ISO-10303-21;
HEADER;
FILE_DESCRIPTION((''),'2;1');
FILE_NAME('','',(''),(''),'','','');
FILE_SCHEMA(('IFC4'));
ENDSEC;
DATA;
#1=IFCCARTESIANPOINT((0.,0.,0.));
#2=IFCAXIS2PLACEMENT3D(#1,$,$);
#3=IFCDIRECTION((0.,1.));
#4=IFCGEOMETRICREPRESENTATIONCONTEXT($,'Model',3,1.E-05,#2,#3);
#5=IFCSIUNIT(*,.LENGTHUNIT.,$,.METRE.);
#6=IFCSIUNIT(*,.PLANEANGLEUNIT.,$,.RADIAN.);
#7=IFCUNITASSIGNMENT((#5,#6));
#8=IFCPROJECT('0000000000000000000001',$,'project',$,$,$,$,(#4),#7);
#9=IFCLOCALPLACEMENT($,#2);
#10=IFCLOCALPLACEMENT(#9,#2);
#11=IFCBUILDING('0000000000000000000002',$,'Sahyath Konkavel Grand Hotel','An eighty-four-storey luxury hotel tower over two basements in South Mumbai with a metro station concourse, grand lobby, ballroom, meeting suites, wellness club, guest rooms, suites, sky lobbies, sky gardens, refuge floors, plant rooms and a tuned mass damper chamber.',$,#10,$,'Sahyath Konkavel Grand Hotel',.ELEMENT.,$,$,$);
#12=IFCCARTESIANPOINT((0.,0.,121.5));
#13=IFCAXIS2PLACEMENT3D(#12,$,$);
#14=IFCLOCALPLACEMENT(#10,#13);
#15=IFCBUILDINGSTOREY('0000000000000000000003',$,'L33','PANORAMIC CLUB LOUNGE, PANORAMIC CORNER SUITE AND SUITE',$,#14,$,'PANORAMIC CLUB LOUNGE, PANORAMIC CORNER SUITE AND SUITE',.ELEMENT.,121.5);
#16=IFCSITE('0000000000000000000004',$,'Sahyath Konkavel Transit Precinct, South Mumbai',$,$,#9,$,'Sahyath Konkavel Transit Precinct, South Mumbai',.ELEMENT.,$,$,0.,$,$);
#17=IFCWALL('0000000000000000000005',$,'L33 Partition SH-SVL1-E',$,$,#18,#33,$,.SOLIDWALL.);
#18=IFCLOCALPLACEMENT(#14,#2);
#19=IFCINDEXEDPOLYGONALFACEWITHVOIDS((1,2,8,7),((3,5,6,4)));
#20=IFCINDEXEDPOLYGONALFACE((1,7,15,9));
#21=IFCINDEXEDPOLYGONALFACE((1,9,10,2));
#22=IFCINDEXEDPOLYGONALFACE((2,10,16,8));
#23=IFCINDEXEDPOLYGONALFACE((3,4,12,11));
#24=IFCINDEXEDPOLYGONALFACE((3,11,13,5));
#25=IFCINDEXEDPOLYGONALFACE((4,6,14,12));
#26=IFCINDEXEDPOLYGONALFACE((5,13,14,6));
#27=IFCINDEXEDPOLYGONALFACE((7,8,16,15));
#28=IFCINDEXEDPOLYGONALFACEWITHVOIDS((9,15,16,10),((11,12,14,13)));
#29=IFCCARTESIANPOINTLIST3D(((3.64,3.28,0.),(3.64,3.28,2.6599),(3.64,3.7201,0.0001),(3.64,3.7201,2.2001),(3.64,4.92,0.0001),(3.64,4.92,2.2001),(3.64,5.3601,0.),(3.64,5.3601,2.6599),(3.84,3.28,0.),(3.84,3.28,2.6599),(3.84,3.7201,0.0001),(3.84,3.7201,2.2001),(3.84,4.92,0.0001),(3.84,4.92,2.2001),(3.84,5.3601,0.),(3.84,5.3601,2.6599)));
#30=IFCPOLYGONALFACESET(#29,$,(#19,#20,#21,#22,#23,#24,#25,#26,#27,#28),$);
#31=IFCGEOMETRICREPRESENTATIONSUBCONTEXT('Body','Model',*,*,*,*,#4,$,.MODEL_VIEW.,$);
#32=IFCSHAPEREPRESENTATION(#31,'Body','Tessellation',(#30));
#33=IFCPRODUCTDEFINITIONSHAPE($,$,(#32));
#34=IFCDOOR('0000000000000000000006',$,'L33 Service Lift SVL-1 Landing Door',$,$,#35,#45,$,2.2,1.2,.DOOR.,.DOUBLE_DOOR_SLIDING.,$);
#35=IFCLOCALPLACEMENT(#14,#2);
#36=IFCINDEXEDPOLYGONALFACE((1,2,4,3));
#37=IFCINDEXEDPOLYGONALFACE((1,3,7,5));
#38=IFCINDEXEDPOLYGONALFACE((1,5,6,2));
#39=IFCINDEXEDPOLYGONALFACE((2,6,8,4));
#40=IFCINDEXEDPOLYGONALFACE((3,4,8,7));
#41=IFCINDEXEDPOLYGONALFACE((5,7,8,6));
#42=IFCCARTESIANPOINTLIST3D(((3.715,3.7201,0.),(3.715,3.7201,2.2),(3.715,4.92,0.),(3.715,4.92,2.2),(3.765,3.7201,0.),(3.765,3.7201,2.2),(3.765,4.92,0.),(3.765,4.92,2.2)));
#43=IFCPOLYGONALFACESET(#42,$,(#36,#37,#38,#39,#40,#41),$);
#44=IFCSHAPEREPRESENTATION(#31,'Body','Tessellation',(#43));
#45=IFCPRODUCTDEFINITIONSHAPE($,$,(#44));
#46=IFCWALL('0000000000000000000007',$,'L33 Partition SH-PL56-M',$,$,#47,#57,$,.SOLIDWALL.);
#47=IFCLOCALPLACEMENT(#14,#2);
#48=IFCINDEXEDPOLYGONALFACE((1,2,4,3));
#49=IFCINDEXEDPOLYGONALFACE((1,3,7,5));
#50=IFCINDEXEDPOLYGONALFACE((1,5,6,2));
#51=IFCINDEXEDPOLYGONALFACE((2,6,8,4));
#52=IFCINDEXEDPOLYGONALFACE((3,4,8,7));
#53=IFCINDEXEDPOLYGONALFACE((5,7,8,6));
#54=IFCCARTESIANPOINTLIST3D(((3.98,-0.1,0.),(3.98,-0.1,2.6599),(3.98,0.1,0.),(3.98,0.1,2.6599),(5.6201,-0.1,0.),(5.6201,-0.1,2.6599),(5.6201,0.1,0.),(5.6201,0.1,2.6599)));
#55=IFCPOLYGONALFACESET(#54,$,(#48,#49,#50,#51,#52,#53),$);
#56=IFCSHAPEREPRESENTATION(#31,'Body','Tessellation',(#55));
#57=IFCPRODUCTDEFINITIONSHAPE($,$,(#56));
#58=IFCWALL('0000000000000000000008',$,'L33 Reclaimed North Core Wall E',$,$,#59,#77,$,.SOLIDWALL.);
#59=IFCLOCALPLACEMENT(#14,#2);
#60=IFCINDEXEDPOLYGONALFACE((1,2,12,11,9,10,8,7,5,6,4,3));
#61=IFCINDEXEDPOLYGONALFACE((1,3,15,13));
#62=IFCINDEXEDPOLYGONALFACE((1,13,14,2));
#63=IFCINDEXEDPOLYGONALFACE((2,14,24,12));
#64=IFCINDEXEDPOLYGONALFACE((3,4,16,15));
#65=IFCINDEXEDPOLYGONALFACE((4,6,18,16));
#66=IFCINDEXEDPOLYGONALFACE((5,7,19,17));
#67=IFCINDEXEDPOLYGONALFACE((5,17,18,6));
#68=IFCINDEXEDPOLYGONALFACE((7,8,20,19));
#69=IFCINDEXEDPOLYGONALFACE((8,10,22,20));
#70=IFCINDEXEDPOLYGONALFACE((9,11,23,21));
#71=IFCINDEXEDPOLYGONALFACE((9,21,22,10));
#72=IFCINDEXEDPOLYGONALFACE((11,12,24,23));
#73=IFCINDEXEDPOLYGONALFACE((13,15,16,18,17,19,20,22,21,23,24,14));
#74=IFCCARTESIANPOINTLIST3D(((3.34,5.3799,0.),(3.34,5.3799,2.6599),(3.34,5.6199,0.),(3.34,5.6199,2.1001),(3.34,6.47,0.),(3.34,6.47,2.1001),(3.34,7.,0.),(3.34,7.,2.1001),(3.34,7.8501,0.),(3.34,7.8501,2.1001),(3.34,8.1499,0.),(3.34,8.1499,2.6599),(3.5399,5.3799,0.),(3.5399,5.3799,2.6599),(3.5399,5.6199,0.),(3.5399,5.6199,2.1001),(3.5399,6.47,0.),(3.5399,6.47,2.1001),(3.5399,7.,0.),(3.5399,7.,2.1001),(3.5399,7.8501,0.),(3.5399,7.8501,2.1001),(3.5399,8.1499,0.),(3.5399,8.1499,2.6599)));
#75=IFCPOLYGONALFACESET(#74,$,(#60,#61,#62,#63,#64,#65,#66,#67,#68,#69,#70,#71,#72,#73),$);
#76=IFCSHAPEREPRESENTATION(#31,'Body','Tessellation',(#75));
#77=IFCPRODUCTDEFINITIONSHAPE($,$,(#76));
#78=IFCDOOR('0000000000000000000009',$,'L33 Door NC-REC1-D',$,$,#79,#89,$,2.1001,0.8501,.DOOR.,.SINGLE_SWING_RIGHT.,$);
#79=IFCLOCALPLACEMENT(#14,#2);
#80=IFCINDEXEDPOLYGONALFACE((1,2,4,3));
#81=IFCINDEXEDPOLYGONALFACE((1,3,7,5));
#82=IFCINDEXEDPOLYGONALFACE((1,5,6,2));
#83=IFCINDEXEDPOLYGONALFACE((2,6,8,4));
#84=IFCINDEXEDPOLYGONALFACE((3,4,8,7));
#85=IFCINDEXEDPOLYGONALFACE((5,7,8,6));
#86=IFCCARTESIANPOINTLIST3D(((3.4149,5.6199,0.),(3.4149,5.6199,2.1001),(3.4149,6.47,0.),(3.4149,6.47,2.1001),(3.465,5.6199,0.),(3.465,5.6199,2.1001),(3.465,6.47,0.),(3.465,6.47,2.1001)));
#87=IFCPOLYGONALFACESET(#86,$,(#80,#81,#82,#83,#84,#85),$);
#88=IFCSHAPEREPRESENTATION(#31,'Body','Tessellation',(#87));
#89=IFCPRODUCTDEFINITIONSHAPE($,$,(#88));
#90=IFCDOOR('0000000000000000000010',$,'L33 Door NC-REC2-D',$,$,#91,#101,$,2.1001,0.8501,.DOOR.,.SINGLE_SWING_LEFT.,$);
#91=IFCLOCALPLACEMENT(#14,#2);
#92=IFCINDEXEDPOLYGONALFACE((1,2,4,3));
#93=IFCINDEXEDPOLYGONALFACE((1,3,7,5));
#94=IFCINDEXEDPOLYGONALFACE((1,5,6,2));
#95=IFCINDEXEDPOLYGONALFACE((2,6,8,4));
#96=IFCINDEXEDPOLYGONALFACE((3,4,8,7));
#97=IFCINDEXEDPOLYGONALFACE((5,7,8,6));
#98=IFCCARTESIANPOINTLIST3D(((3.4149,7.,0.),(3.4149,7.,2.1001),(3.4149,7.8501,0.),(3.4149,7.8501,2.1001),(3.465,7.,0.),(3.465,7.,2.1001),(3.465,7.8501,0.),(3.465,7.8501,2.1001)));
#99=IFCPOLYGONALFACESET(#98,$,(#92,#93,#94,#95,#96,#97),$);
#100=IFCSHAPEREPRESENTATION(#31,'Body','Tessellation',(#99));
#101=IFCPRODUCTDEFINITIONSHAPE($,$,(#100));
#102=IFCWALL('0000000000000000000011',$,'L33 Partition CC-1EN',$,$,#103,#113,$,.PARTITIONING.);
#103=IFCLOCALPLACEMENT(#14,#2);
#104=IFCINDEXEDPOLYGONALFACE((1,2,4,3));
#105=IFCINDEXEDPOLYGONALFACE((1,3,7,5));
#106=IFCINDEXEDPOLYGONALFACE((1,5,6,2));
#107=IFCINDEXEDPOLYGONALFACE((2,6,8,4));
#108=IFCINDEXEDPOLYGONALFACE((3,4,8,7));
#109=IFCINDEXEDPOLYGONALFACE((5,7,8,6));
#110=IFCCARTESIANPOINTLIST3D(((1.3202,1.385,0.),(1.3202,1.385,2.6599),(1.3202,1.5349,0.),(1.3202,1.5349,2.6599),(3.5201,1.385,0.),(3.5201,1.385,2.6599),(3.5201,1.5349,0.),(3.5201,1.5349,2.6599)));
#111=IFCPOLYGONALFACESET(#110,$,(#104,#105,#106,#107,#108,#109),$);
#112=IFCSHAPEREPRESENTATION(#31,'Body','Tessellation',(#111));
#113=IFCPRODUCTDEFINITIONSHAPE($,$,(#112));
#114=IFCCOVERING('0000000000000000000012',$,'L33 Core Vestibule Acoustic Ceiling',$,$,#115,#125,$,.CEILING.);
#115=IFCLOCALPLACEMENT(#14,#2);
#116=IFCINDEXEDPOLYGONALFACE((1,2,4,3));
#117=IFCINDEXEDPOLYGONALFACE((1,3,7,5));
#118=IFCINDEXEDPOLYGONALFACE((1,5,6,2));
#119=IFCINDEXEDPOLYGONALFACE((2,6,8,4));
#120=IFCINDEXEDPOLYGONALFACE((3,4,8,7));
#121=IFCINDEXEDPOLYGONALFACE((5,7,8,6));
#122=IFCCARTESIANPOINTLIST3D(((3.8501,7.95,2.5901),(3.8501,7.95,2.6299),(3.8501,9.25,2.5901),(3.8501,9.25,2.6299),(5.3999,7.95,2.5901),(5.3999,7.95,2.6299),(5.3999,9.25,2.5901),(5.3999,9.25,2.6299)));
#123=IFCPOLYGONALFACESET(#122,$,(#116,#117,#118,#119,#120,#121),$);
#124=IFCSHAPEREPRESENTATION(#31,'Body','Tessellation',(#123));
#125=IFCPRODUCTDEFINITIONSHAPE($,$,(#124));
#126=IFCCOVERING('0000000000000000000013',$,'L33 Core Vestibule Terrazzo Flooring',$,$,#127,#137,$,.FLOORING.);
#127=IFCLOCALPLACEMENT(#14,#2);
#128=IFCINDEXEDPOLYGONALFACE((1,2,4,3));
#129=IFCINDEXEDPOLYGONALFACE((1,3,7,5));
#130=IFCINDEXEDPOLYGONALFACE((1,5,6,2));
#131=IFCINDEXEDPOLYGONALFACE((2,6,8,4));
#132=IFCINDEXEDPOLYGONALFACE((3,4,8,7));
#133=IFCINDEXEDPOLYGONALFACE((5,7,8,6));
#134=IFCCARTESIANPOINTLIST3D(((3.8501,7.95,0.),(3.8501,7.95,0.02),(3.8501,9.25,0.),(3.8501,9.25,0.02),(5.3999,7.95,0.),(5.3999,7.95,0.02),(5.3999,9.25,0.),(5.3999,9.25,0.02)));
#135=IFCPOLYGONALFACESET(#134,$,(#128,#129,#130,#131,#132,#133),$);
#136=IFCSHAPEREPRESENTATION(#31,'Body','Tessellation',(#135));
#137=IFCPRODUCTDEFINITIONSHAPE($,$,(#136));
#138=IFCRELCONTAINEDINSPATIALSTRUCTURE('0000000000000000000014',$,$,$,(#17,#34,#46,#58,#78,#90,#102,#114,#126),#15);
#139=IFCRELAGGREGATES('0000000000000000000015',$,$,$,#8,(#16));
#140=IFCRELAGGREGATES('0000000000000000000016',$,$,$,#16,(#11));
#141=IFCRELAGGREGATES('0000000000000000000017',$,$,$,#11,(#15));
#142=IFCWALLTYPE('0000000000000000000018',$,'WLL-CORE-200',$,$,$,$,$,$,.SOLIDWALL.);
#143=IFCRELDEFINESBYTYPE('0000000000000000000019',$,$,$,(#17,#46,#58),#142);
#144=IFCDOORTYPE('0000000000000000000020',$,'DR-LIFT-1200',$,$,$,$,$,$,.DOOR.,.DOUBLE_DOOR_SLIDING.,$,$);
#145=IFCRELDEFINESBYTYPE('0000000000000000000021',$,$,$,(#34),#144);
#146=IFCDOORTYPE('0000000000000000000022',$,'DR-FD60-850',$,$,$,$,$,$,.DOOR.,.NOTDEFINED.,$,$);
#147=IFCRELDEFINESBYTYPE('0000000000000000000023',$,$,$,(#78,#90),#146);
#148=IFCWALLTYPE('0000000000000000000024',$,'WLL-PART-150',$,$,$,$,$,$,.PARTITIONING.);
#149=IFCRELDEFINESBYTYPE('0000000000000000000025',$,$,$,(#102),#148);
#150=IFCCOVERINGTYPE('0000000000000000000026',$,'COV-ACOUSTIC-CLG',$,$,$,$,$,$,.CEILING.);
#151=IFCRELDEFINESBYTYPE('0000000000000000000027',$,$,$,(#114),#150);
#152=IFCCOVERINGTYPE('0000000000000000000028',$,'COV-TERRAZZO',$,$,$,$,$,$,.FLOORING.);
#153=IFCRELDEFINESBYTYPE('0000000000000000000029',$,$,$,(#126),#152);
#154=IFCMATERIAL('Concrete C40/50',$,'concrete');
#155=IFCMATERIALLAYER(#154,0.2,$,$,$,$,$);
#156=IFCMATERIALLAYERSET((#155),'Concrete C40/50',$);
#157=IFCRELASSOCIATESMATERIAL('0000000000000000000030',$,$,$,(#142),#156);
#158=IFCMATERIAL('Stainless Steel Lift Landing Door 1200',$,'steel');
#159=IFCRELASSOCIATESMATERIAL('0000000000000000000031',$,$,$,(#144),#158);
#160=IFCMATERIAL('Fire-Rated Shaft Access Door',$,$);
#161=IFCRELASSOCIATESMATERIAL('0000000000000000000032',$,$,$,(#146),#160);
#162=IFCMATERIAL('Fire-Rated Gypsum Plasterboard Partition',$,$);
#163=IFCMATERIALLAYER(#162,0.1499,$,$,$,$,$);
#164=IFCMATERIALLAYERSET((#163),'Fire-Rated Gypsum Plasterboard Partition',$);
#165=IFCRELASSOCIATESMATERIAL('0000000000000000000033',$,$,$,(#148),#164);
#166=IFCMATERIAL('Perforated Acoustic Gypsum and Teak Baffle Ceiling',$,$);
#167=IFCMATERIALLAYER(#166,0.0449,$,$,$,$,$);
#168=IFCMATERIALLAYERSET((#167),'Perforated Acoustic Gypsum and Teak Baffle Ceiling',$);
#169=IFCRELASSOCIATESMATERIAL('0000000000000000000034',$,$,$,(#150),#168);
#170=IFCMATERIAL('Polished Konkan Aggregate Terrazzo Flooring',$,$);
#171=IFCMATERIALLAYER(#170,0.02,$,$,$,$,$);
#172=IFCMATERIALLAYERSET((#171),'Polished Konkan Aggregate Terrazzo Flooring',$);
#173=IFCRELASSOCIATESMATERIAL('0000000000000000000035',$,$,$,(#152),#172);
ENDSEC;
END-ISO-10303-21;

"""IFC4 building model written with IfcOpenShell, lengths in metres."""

from ifc_helpers import new_model, si_unit, direction, frame, frame_2d, origin, origin_2d, place, context, subcontext, project, spatial, polyline, rectangle, outline, extrude, source, transform, mapped, material, layer, layer_set, type_object, element, fill, save


model = new_model("IFC4")

# Units and contexts
model_context = context("Model", 3, precision=1e-05, world=origin(), true_north=direction((0.0, 1.0)))
body_context = subcontext(model_context, "Body", "Model", "MODEL_VIEW")
ifc_project = project(units=[si_unit("LENGTHUNIT", "METRE"), si_unit("PLANEANGLEUNIT", "RADIAN")], contexts=[model_context])

# Site, building, storey
site_placement = place(None, origin())
site = spatial("IfcSite", under=ifc_project, at=site_placement, Name="Sahyath Konkavel Transit Precinct, South Mumbai", LongName="Sahyath Konkavel Transit Precinct, South Mumbai", CompositionType="ELEMENT", RefElevation=0.0)
building_placement = place(site_placement, origin())
building = spatial("IfcBuilding", under=site, at=building_placement, Name="Sahyath Konkavel Grand Hotel", Description="An eighty-four-storey luxury hotel tower over two basements in South Mumbai with a metro station concourse, grand lobby, ballroom, meeting suites, wellness club, guest rooms, suites, sky lobbies, sky gardens, refuge floors, plant rooms and a tuned mass damper chamber.", LongName="Sahyath Konkavel Grand Hotel", CompositionType="ELEMENT")
storey_placement = place(building_placement, frame((0.0, 0.0, 121.5)))
storey = spatial("IfcBuildingStorey", under=building, at=storey_placement, Name="L33", Description="PANORAMIC CLUB LOUNGE, PANORAMIC CORNER SUITE AND SUITE", LongName="PANORAMIC CLUB LOUNGE, PANORAMIC CORNER SUITE AND SUITE", CompositionType="ELEMENT", Elevation=121.5)

# Shared definitions
ifc_material_1 = material(Name="Concrete C40/50", Category="concrete")

# Shared definitions
ifc_layer_1 = layer(ifc_material_1, 0.2)
ifc_layer_set_1 = layer_set([ifc_layer_1], Name="Concrete C40/50")
wall_type_1 = type_object("IfcWallType", Name="WLL-CORE-200", PredefinedType="SOLIDWALL", material=ifc_layer_set_1)
shared_shape_1 = source(origin(), body_context, "Body", "SweptSolid", [
    extrude(rectangle(XDim=0.8501, YDim=0.05, at=origin_2d()), origin(), (0.0, 0.0, 1.0), 2.1001),
])

# Wall, opening, door
wall_1_placement = place(storey_placement, frame((3.74, 3.28, 0.0), z_axis=(0.0, 0.0, 1.0), x_axis=(0.0, 1.0, 0.0)))
wall_1 = element("IfcWall", 1, at=wall_1_placement, inside=storey, type_object=wall_type_1, Name="L33 Partition SH-SVL1-E", PredefinedType="SOLIDWALL", context=body_context, shape_type="SweptSolid", body=[
    extrude(rectangle(XDim=2.0801, YDim=0.2, at=frame_2d((1.04, 0.0))), origin(), (0.0, 0.0, 1.0), 2.6599),
])
opening_1_placement = place(wall_1_placement, frame((0.4399, 0.0, 0.0)))
opening_1 = element("IfcOpeningElement", 2, at=opening_1_placement, cuts=wall_1, PredefinedType="OPENING", context=body_context, shape_type="SweptSolid", body=[
    extrude(rectangle(XDim=1.2, YDim=2.2, at=frame_2d((0.6001, 1.1001))), frame((0.0, 0.1099, 0.0), z_axis=(0.0, -1.0, 0.0), x_axis=(1.0, 0.0, 0.0)), (0.0, 0.0, 1.0), 0.22),
])
ifc_material_2 = material(Name="Stainless Steel Lift Landing Door 1200", Category="steel")
door_type_1 = type_object("IfcDoorType", Name="DR-LIFT-1200", OperationType="DOUBLE_DOOR_SLIDING", PredefinedType="DOOR", material=ifc_material_2)
shared_shape_2 = source(origin(), body_context, "Body", "SweptSolid", [
    extrude(rectangle(XDim=1.2, YDim=0.05, at=origin_2d()), origin(), (0.0, 0.0, 1.0), 2.2),
])
door_1_placement = place(opening_1_placement, frame((0.6001, 0.0, 0.0)))
door_1 = element("IfcDoor", 3, at=door_1_placement, inside=storey, type_object=door_type_1, Name="L33 Service Lift SVL-1 Landing Door", OperationType="DOUBLE_DOOR_SLIDING", OverallHeight=2.2, OverallWidth=1.2, PredefinedType="DOOR", context=body_context, shape_type="MappedRepresentation", body=[
    mapped(shared_shape_2, transform((0.0, 0.0, 0.0), scale=1.0)),
])
fill(opening_1, door_1)

# Wall
wall_2_placement = place(storey_placement, frame((3.98, 0.0, 0.0), z_axis=(0.0, 0.0, 1.0), x_axis=(1.0, 0.0, 0.0)))
element("IfcWall", 4, at=wall_2_placement, inside=storey, type_object=wall_type_1, Name="L33 Partition SH-PL56-M", PredefinedType="SOLIDWALL", context=body_context, shape_type="SweptSolid", body=[
    extrude(rectangle(XDim=1.6401, YDim=0.2, at=frame_2d((0.8201, 0.0))), origin(), (0.0, 0.0, 1.0), 2.6599),
])

# Wall, openings, doors
wall_3_placement = place(storey_placement, frame((3.4399, 5.3799, 0.0), z_axis=(0.0, 0.0, 1.0), x_axis=(0.0, 1.0, 0.0)))
wall_3 = element("IfcWall", 5, at=wall_3_placement, inside=storey, type_object=wall_type_1, Name="L33 Reclaimed North Core Wall E", PredefinedType="SOLIDWALL", context=body_context, shape_type="SweptSolid", body=[
    extrude(rectangle(XDim=2.77, YDim=0.2, at=frame_2d((1.385, 0.0))), origin(), (0.0, 0.0, 1.0), 2.6599),
])
opening_2_placement = place(wall_3_placement, frame((0.24, 0.0, 0.0)))
opening_2 = element("IfcOpeningElement", 6, at=opening_2_placement, cuts=wall_3, PredefinedType="OPENING", context=body_context, shape_type="SweptSolid", body=[
    extrude(rectangle(XDim=0.8501, YDim=2.1001, at=frame_2d((0.425, 1.05))), frame((0.0, 0.1099, 0.0), z_axis=(0.0, -1.0, 0.0), x_axis=(1.0, 0.0, 0.0)), (0.0, 0.0, 1.0), 0.22),
])
opening_3_placement = place(wall_3_placement, frame((1.6201, 0.0, 0.0)))
opening_3 = element("IfcOpeningElement", 7, at=opening_3_placement, cuts=wall_3, PredefinedType="OPENING", context=body_context, shape_type="SweptSolid", body=[
    extrude(rectangle(XDim=0.8501, YDim=2.1001, at=frame_2d((0.425, 1.05))), frame((0.0, 0.1099, 0.0), z_axis=(0.0, -1.0, 0.0), x_axis=(1.0, 0.0, 0.0)), (0.0, 0.0, 1.0), 0.22),
])
ifc_material_3 = material(Name="Fire-Rated Shaft Access Door")
door_type_2 = type_object("IfcDoorType", Name="DR-FD60-850", OperationType="NOTDEFINED", PredefinedType="DOOR", material=ifc_material_3)
door_2_placement = place(opening_2_placement, frame((0.425, 0.0, 0.0)))
door_2 = element("IfcDoor", 8, at=door_2_placement, inside=storey, type_object=door_type_2, Name="L33 Door NC-REC1-D", OperationType="SINGLE_SWING_RIGHT", OverallHeight=2.1001, OverallWidth=0.8501, PredefinedType="DOOR", context=body_context, shape_type="MappedRepresentation", body=[
    mapped(shared_shape_1, transform((0.0, 0.0, 0.0), scale=1.0)),
])
fill(opening_2, door_2)
door_3_placement = place(opening_3_placement, frame((0.425, 0.0, 0.0)))
door_3 = element("IfcDoor", 9, at=door_3_placement, inside=storey, type_object=door_type_2, Name="L33 Door NC-REC2-D", OperationType="SINGLE_SWING_LEFT", OverallHeight=2.1001, OverallWidth=0.8501, PredefinedType="DOOR", context=body_context, shape_type="MappedRepresentation", body=[
    mapped(shared_shape_1, transform((0.0, 0.0, 0.0), scale=1.0)),
])
fill(opening_3, door_3)

# Wall
ifc_material_4 = material(Name="Fire-Rated Gypsum Plasterboard Partition")
ifc_layer_2 = layer(ifc_material_4, 0.1499)
ifc_layer_set_2 = layer_set([ifc_layer_2], Name="Fire-Rated Gypsum Plasterboard Partition")
wall_type_2 = type_object("IfcWallType", Name="WLL-PART-150", PredefinedType="PARTITIONING", material=ifc_layer_set_2)
wall_4_placement = place(storey_placement, frame((1.3201, 1.46, 0.0), z_axis=(0.0, 0.0, 1.0), x_axis=(1.0, 0.0, 0.0)))
element("IfcWall", 10, at=wall_4_placement, inside=storey, type_object=wall_type_2, Name="L33 Partition CC-1EN", PredefinedType="PARTITIONING", context=body_context, shape_type="SweptSolid", body=[
    extrude(rectangle(XDim=2.2, YDim=0.1499, at=frame_2d((1.1001, 0.0))), origin(), (0.0, 0.0, 1.0), 2.6599),
])

# Coverings
ifc_material_5 = material(Name="Perforated Acoustic Gypsum and Teak Baffle Ceiling")
ifc_layer_3 = layer(ifc_material_5, 0.0449)
ifc_layer_set_3 = layer_set([ifc_layer_3], Name="Perforated Acoustic Gypsum and Teak Baffle Ceiling")
covering_type_1 = type_object("IfcCoveringType", Name="COV-ACOUSTIC-CLG", PredefinedType="CEILING", material=ifc_layer_set_3)
covering_1_placement = place(storey_placement, frame((0.0, 0.0, 2.5901)))
element("IfcCovering", 11, at=covering_1_placement, inside=storey, type_object=covering_type_1, Name="L33 Core Vestibule Acoustic Ceiling", PredefinedType="CEILING", context=body_context, shape_type="SweptSolid", body=[
    extrude(outline(polyline([(3.8501, 7.95), (5.3999, 7.95), (5.3999, 9.25), (3.8501, 9.25), (3.8501, 7.95)])), origin(), (0.0, 0.0, 1.0), 0.0398),
])
ifc_material_6 = material(Name="Polished Konkan Aggregate Terrazzo Flooring")
ifc_layer_4 = layer(ifc_material_6, 0.02)
ifc_layer_set_4 = layer_set([ifc_layer_4], Name="Polished Konkan Aggregate Terrazzo Flooring")
covering_type_2 = type_object("IfcCoveringType", Name="COV-TERRAZZO", PredefinedType="FLOORING", material=ifc_layer_set_4)
covering_2_placement = place(storey_placement, origin())
element("IfcCovering", 12, at=covering_2_placement, inside=storey, type_object=covering_type_2, Name="L33 Core Vestibule Terrazzo Flooring", PredefinedType="FLOORING", context=body_context, shape_type="SweptSolid", body=[
    extrude(outline(polyline([(3.8501, 7.95), (5.3999, 7.95), (5.3999, 9.25), (3.8501, 9.25), (3.8501, 7.95)])), origin(), (0.0, 0.0, 1.0), 0.02),
])

save(model, "model.ifc")
